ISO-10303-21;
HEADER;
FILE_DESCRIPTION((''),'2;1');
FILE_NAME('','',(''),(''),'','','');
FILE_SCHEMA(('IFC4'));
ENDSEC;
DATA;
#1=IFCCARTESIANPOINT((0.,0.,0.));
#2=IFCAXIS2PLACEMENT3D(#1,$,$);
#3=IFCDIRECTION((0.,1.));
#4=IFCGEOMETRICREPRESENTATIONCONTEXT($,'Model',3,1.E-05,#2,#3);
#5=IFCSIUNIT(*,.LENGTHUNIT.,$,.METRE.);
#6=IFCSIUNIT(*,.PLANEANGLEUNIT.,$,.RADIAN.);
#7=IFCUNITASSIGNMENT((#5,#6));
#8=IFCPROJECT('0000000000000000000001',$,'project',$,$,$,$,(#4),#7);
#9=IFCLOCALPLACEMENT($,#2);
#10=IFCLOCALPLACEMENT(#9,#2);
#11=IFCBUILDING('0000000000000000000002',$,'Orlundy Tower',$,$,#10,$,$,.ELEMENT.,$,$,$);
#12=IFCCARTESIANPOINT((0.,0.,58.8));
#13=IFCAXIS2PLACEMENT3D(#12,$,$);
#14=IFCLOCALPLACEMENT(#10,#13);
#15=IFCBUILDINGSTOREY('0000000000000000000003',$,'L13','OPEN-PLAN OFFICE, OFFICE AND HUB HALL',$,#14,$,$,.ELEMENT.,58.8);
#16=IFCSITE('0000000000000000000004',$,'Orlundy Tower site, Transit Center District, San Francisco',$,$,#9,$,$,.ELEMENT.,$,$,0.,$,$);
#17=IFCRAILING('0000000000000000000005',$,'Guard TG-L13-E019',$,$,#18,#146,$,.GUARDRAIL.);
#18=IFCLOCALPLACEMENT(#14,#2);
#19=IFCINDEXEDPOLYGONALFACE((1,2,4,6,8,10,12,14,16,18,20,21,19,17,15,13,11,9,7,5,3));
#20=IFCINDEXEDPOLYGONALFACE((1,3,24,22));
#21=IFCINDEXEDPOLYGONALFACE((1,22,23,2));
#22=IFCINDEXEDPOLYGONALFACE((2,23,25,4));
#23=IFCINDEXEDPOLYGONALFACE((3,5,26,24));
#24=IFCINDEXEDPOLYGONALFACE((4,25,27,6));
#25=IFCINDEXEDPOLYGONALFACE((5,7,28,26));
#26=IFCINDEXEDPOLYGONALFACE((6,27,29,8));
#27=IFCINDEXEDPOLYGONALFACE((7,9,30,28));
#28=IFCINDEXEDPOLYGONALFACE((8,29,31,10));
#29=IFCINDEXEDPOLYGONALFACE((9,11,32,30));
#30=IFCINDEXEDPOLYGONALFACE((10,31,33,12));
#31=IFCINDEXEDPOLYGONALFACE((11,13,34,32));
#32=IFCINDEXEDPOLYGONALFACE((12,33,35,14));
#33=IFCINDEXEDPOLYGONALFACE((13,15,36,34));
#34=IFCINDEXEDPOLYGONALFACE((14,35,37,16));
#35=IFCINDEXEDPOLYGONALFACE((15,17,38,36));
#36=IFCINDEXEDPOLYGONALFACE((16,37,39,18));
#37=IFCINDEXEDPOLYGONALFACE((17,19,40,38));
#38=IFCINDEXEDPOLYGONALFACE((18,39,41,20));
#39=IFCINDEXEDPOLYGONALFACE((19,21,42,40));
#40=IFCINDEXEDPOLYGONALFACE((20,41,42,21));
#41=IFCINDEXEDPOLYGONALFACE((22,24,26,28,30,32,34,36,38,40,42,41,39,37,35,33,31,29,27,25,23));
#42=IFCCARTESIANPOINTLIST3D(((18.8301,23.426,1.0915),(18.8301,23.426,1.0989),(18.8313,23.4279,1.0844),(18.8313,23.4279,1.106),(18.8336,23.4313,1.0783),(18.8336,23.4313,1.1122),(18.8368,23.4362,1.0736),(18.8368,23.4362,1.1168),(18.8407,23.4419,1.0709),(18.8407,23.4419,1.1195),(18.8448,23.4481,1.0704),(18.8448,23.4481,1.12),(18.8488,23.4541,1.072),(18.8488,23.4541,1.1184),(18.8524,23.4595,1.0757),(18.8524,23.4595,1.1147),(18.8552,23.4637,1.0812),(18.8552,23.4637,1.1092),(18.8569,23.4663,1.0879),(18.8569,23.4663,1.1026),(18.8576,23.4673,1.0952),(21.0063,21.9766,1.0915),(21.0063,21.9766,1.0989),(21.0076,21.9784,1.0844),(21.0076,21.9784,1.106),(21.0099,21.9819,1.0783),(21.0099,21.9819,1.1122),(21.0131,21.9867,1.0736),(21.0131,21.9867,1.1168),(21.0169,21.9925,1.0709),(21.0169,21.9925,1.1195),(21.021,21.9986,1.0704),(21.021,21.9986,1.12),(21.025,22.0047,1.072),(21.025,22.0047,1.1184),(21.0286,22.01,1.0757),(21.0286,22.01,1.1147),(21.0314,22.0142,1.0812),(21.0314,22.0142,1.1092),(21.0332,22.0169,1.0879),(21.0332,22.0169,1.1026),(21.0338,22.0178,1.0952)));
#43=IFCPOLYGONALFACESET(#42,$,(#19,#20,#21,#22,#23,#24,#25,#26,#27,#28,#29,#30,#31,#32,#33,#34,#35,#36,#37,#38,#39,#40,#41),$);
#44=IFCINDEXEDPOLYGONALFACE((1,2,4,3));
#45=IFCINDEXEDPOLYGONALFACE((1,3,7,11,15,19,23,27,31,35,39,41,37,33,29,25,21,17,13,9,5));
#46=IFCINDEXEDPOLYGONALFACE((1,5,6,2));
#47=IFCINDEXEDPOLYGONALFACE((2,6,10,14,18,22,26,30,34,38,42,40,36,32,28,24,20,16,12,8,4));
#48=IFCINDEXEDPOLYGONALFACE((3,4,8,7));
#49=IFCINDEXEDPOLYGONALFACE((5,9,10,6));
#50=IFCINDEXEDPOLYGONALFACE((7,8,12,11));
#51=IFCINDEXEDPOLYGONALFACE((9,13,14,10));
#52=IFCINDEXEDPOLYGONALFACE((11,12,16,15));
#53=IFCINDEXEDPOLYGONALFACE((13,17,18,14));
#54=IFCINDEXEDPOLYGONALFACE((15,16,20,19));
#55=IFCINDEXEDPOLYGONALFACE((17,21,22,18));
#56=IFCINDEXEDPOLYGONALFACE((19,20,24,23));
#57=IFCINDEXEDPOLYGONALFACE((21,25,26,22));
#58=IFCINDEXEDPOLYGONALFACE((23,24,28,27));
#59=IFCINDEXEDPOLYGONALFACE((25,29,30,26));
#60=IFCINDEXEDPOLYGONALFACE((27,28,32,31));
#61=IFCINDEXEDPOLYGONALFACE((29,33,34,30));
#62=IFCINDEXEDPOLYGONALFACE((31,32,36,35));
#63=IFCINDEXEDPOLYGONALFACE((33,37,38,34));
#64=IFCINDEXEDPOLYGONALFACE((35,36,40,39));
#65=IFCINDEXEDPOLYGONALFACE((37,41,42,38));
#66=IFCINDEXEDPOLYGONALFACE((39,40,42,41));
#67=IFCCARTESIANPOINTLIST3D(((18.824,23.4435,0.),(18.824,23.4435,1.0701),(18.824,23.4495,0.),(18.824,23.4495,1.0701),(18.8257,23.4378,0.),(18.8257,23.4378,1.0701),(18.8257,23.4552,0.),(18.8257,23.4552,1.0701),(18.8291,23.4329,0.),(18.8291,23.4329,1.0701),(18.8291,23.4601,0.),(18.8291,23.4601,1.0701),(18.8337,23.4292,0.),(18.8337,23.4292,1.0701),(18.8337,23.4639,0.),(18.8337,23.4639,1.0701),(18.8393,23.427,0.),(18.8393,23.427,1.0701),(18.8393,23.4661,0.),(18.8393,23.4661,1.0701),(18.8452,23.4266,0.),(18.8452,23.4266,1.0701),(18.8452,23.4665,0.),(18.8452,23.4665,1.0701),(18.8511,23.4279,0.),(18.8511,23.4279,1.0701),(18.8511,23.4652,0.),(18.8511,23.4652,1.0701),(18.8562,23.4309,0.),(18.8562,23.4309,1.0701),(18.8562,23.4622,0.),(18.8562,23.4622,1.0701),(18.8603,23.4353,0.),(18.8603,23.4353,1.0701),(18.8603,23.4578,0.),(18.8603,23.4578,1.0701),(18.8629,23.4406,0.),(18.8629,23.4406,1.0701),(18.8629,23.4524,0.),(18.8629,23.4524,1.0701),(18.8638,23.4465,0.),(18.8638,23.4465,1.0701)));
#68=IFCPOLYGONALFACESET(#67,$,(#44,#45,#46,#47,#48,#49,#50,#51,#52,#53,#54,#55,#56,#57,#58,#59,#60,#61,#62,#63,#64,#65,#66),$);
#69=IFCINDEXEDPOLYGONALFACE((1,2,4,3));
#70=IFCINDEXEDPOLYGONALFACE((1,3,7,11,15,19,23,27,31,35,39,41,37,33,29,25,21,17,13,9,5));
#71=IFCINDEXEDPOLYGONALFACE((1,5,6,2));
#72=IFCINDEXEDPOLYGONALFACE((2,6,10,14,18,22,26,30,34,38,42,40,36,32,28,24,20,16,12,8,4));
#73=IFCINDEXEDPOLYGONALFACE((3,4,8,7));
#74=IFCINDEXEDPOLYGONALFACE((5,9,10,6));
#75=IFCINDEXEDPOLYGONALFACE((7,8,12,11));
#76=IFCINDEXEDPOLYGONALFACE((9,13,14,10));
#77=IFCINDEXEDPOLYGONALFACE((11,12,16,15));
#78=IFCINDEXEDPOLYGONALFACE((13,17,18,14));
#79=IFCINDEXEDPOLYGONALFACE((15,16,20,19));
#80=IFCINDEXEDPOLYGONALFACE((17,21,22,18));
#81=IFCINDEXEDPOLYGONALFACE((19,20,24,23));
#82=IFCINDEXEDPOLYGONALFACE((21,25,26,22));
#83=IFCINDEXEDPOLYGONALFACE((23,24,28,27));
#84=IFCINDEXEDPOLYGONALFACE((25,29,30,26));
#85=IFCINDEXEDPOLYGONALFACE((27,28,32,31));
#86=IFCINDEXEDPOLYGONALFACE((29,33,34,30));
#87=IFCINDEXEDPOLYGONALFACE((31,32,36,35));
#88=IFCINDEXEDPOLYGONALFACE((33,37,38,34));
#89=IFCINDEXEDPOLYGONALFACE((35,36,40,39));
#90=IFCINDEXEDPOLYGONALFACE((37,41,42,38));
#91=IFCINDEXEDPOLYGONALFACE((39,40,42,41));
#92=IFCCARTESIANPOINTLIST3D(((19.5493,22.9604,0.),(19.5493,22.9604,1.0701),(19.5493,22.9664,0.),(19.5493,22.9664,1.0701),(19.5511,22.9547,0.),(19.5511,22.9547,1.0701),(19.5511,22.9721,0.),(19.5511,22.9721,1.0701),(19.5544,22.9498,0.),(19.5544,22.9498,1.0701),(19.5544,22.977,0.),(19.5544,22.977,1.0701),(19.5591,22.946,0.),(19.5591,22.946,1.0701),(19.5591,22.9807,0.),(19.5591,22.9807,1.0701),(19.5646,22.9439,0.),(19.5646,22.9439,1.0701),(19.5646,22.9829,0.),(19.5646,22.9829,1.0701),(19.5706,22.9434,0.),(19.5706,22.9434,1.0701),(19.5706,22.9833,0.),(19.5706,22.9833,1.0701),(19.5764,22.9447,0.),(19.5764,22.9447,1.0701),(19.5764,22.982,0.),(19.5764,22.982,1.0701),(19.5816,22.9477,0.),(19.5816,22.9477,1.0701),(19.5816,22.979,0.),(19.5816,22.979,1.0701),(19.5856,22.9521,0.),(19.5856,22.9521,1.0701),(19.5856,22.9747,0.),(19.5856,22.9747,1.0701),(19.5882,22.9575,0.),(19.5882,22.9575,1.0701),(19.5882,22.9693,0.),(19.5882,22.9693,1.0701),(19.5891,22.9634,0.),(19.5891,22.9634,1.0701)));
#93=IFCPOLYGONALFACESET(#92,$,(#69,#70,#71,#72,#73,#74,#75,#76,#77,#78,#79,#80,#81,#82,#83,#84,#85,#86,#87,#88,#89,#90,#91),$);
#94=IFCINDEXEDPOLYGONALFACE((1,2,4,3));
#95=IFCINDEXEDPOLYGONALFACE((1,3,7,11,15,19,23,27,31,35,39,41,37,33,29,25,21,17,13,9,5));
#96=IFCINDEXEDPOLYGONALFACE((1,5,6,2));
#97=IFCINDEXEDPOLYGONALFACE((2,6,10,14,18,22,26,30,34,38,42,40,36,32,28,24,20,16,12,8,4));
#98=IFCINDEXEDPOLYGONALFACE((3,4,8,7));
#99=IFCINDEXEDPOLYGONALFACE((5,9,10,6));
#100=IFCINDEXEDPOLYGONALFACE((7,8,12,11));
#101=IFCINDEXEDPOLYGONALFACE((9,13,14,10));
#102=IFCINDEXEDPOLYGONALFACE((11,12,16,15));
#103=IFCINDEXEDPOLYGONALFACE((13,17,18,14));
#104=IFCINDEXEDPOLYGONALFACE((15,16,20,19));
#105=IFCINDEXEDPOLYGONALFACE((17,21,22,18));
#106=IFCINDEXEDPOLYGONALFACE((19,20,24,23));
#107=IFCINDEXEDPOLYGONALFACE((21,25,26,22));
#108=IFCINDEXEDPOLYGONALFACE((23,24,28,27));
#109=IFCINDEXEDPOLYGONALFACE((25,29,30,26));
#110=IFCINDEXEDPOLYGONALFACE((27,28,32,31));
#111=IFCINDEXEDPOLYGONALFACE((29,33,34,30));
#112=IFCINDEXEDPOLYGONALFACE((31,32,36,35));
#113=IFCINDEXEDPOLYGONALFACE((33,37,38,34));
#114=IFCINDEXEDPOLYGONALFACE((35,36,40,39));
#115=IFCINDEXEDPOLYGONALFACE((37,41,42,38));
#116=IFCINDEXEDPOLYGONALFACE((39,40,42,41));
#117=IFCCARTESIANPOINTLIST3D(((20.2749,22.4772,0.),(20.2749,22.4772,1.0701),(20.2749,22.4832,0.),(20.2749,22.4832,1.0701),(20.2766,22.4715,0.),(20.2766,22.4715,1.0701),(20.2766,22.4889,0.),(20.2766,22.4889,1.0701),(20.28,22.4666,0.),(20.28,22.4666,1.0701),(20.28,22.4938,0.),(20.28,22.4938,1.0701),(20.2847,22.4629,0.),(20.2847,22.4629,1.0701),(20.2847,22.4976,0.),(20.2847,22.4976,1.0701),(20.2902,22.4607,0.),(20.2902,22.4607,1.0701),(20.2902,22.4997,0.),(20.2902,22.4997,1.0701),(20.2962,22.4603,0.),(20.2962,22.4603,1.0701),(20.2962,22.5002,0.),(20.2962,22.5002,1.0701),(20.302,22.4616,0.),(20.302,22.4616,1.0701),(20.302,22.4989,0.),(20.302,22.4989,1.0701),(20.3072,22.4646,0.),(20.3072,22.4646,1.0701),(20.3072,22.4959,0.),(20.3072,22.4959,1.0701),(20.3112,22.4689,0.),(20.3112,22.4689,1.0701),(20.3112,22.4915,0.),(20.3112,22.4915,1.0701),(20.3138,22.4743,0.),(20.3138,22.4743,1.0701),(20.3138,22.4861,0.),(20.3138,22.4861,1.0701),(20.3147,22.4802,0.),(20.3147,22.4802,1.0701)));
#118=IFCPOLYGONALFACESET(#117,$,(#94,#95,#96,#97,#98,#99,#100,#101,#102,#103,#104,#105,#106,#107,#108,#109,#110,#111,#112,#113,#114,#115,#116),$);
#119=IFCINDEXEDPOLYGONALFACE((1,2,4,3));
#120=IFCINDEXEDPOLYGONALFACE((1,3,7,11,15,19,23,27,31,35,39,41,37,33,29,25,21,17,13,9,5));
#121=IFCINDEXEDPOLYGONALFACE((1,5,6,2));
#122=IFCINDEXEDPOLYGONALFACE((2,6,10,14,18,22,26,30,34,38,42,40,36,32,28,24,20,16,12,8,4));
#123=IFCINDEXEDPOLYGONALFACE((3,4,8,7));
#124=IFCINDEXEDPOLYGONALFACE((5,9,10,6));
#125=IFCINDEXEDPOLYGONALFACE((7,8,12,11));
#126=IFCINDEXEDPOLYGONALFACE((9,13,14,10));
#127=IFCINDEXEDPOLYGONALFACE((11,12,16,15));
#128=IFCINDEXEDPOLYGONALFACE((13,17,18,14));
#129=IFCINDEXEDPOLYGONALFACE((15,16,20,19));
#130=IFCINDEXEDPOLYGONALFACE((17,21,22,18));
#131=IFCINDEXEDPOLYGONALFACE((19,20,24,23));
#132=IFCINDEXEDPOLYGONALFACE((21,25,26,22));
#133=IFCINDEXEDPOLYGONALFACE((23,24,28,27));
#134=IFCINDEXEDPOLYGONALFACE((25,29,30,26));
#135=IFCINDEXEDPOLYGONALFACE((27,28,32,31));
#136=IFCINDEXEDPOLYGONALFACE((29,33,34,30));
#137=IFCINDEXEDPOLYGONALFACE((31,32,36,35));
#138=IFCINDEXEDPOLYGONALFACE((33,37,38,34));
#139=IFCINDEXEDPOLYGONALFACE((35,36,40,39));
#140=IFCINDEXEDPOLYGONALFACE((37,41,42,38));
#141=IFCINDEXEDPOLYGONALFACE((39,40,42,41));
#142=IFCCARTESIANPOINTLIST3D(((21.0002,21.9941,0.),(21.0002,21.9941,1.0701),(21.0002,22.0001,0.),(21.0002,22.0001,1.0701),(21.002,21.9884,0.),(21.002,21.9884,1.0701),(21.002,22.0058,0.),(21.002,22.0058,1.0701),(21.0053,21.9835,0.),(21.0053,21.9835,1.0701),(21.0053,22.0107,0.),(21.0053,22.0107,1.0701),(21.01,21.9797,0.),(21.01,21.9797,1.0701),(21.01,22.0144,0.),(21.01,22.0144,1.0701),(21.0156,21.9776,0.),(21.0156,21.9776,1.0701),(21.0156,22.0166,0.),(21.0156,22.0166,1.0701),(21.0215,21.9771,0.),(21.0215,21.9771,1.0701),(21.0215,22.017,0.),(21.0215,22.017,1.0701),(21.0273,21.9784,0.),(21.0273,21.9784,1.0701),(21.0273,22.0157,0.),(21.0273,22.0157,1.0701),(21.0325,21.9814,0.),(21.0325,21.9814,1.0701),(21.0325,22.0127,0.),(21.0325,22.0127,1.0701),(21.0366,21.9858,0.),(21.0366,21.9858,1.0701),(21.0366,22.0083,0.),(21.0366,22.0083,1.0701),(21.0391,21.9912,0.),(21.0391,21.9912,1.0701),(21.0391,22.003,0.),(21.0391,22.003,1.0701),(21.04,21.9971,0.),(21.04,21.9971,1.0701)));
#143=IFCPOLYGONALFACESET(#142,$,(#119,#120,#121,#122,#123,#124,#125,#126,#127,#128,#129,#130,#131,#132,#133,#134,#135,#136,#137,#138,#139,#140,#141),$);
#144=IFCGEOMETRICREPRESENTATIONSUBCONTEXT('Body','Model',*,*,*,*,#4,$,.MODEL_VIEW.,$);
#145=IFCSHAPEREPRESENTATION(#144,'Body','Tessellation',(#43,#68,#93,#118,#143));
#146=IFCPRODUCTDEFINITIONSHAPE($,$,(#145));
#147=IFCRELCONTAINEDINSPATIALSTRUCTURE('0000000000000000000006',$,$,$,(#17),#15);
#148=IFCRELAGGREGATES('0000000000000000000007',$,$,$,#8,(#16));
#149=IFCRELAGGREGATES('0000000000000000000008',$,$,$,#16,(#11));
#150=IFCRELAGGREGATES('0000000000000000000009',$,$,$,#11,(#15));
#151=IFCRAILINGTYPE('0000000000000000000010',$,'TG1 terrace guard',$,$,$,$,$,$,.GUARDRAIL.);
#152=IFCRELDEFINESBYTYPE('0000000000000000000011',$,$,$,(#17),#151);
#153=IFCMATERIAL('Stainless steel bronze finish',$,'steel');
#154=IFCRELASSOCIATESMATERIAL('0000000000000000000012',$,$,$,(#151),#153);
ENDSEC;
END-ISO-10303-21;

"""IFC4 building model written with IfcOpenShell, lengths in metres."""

from ifc_helpers import new_model, si_unit, direction, frame, origin, origin_2d, place, context, subcontext, project, spatial, circle, extrude, material, type_object, element, save


model = new_model("IFC4")

# Units and contexts
model_context = context("Model", 3, precision=1e-05, world=origin(), true_north=direction((0.0, 1.0)))
body_context = subcontext(model_context, "Body", "Model", "MODEL_VIEW")
ifc_project = project(units=[si_unit("LENGTHUNIT", "METRE"), si_unit("PLANEANGLEUNIT", "RADIAN")], contexts=[model_context])

# Site, building, storey
site_placement = place(None, origin())
site = spatial("IfcSite", under=ifc_project, at=site_placement, Name="Orlundy Tower site, Transit Center District, San Francisco", CompositionType="ELEMENT", RefElevation=0.0)
building_placement = place(site_placement, origin())
building = spatial("IfcBuilding", under=site, at=building_placement, Name="Orlundy Tower", CompositionType="ELEMENT")
storey_placement = place(building_placement, frame((0.0, 0.0, 58.8)))
storey = spatial("IfcBuildingStorey", under=building, at=storey_placement, Name="L13", Description="OPEN-PLAN OFFICE, OFFICE AND HUB HALL", CompositionType="ELEMENT", Elevation=58.8)

# Railing
ifc_material_1 = material(Name="Stainless steel bronze finish", Category="steel")
railing_type = type_object("IfcRailingType", Name="TG1 terrace guard", PredefinedType="GUARDRAIL", material=ifc_material_1)
railing_1_placement = place(storey_placement, frame((18.8438, 23.4465, 0.0)))
element("IfcRailing", 1, at=railing_1_placement, inside=storey, type_object=railing_type, Name="Guard TG-L13-E019", PredefinedType="GUARDRAIL", context=body_context, shape_type="SweptSolid", body=[
    extrude(circle(Radius=0.0249, at=origin_2d()), frame((0.0, 0.0, 1.0952), z_axis=(0.832294, -0.554334, 0.0), x_axis=(0.554334, 0.832294, 0.0)), (0.0, 0.0, 1.0), 2.6147),
    extrude(circle(Radius=0.02, at=origin_2d()), origin(), (0.0, 0.0, 1.0), 1.0701),
    extrude(circle(Radius=0.02, at=origin_2d()), frame((0.7253, -0.4832, 0.0)), (0.0, 0.0, 1.0), 1.0701),
    extrude(circle(Radius=0.02, at=origin_2d()), frame((1.4509, -0.9663, 0.0)), (0.0, 0.0, 1.0), 1.0701),
    extrude(circle(Radius=0.02, at=origin_2d()), frame((2.1763, -1.4495, 0.0)), (0.0, 0.0, 1.0), 1.0701),
])

save(model, "model.ifc")
